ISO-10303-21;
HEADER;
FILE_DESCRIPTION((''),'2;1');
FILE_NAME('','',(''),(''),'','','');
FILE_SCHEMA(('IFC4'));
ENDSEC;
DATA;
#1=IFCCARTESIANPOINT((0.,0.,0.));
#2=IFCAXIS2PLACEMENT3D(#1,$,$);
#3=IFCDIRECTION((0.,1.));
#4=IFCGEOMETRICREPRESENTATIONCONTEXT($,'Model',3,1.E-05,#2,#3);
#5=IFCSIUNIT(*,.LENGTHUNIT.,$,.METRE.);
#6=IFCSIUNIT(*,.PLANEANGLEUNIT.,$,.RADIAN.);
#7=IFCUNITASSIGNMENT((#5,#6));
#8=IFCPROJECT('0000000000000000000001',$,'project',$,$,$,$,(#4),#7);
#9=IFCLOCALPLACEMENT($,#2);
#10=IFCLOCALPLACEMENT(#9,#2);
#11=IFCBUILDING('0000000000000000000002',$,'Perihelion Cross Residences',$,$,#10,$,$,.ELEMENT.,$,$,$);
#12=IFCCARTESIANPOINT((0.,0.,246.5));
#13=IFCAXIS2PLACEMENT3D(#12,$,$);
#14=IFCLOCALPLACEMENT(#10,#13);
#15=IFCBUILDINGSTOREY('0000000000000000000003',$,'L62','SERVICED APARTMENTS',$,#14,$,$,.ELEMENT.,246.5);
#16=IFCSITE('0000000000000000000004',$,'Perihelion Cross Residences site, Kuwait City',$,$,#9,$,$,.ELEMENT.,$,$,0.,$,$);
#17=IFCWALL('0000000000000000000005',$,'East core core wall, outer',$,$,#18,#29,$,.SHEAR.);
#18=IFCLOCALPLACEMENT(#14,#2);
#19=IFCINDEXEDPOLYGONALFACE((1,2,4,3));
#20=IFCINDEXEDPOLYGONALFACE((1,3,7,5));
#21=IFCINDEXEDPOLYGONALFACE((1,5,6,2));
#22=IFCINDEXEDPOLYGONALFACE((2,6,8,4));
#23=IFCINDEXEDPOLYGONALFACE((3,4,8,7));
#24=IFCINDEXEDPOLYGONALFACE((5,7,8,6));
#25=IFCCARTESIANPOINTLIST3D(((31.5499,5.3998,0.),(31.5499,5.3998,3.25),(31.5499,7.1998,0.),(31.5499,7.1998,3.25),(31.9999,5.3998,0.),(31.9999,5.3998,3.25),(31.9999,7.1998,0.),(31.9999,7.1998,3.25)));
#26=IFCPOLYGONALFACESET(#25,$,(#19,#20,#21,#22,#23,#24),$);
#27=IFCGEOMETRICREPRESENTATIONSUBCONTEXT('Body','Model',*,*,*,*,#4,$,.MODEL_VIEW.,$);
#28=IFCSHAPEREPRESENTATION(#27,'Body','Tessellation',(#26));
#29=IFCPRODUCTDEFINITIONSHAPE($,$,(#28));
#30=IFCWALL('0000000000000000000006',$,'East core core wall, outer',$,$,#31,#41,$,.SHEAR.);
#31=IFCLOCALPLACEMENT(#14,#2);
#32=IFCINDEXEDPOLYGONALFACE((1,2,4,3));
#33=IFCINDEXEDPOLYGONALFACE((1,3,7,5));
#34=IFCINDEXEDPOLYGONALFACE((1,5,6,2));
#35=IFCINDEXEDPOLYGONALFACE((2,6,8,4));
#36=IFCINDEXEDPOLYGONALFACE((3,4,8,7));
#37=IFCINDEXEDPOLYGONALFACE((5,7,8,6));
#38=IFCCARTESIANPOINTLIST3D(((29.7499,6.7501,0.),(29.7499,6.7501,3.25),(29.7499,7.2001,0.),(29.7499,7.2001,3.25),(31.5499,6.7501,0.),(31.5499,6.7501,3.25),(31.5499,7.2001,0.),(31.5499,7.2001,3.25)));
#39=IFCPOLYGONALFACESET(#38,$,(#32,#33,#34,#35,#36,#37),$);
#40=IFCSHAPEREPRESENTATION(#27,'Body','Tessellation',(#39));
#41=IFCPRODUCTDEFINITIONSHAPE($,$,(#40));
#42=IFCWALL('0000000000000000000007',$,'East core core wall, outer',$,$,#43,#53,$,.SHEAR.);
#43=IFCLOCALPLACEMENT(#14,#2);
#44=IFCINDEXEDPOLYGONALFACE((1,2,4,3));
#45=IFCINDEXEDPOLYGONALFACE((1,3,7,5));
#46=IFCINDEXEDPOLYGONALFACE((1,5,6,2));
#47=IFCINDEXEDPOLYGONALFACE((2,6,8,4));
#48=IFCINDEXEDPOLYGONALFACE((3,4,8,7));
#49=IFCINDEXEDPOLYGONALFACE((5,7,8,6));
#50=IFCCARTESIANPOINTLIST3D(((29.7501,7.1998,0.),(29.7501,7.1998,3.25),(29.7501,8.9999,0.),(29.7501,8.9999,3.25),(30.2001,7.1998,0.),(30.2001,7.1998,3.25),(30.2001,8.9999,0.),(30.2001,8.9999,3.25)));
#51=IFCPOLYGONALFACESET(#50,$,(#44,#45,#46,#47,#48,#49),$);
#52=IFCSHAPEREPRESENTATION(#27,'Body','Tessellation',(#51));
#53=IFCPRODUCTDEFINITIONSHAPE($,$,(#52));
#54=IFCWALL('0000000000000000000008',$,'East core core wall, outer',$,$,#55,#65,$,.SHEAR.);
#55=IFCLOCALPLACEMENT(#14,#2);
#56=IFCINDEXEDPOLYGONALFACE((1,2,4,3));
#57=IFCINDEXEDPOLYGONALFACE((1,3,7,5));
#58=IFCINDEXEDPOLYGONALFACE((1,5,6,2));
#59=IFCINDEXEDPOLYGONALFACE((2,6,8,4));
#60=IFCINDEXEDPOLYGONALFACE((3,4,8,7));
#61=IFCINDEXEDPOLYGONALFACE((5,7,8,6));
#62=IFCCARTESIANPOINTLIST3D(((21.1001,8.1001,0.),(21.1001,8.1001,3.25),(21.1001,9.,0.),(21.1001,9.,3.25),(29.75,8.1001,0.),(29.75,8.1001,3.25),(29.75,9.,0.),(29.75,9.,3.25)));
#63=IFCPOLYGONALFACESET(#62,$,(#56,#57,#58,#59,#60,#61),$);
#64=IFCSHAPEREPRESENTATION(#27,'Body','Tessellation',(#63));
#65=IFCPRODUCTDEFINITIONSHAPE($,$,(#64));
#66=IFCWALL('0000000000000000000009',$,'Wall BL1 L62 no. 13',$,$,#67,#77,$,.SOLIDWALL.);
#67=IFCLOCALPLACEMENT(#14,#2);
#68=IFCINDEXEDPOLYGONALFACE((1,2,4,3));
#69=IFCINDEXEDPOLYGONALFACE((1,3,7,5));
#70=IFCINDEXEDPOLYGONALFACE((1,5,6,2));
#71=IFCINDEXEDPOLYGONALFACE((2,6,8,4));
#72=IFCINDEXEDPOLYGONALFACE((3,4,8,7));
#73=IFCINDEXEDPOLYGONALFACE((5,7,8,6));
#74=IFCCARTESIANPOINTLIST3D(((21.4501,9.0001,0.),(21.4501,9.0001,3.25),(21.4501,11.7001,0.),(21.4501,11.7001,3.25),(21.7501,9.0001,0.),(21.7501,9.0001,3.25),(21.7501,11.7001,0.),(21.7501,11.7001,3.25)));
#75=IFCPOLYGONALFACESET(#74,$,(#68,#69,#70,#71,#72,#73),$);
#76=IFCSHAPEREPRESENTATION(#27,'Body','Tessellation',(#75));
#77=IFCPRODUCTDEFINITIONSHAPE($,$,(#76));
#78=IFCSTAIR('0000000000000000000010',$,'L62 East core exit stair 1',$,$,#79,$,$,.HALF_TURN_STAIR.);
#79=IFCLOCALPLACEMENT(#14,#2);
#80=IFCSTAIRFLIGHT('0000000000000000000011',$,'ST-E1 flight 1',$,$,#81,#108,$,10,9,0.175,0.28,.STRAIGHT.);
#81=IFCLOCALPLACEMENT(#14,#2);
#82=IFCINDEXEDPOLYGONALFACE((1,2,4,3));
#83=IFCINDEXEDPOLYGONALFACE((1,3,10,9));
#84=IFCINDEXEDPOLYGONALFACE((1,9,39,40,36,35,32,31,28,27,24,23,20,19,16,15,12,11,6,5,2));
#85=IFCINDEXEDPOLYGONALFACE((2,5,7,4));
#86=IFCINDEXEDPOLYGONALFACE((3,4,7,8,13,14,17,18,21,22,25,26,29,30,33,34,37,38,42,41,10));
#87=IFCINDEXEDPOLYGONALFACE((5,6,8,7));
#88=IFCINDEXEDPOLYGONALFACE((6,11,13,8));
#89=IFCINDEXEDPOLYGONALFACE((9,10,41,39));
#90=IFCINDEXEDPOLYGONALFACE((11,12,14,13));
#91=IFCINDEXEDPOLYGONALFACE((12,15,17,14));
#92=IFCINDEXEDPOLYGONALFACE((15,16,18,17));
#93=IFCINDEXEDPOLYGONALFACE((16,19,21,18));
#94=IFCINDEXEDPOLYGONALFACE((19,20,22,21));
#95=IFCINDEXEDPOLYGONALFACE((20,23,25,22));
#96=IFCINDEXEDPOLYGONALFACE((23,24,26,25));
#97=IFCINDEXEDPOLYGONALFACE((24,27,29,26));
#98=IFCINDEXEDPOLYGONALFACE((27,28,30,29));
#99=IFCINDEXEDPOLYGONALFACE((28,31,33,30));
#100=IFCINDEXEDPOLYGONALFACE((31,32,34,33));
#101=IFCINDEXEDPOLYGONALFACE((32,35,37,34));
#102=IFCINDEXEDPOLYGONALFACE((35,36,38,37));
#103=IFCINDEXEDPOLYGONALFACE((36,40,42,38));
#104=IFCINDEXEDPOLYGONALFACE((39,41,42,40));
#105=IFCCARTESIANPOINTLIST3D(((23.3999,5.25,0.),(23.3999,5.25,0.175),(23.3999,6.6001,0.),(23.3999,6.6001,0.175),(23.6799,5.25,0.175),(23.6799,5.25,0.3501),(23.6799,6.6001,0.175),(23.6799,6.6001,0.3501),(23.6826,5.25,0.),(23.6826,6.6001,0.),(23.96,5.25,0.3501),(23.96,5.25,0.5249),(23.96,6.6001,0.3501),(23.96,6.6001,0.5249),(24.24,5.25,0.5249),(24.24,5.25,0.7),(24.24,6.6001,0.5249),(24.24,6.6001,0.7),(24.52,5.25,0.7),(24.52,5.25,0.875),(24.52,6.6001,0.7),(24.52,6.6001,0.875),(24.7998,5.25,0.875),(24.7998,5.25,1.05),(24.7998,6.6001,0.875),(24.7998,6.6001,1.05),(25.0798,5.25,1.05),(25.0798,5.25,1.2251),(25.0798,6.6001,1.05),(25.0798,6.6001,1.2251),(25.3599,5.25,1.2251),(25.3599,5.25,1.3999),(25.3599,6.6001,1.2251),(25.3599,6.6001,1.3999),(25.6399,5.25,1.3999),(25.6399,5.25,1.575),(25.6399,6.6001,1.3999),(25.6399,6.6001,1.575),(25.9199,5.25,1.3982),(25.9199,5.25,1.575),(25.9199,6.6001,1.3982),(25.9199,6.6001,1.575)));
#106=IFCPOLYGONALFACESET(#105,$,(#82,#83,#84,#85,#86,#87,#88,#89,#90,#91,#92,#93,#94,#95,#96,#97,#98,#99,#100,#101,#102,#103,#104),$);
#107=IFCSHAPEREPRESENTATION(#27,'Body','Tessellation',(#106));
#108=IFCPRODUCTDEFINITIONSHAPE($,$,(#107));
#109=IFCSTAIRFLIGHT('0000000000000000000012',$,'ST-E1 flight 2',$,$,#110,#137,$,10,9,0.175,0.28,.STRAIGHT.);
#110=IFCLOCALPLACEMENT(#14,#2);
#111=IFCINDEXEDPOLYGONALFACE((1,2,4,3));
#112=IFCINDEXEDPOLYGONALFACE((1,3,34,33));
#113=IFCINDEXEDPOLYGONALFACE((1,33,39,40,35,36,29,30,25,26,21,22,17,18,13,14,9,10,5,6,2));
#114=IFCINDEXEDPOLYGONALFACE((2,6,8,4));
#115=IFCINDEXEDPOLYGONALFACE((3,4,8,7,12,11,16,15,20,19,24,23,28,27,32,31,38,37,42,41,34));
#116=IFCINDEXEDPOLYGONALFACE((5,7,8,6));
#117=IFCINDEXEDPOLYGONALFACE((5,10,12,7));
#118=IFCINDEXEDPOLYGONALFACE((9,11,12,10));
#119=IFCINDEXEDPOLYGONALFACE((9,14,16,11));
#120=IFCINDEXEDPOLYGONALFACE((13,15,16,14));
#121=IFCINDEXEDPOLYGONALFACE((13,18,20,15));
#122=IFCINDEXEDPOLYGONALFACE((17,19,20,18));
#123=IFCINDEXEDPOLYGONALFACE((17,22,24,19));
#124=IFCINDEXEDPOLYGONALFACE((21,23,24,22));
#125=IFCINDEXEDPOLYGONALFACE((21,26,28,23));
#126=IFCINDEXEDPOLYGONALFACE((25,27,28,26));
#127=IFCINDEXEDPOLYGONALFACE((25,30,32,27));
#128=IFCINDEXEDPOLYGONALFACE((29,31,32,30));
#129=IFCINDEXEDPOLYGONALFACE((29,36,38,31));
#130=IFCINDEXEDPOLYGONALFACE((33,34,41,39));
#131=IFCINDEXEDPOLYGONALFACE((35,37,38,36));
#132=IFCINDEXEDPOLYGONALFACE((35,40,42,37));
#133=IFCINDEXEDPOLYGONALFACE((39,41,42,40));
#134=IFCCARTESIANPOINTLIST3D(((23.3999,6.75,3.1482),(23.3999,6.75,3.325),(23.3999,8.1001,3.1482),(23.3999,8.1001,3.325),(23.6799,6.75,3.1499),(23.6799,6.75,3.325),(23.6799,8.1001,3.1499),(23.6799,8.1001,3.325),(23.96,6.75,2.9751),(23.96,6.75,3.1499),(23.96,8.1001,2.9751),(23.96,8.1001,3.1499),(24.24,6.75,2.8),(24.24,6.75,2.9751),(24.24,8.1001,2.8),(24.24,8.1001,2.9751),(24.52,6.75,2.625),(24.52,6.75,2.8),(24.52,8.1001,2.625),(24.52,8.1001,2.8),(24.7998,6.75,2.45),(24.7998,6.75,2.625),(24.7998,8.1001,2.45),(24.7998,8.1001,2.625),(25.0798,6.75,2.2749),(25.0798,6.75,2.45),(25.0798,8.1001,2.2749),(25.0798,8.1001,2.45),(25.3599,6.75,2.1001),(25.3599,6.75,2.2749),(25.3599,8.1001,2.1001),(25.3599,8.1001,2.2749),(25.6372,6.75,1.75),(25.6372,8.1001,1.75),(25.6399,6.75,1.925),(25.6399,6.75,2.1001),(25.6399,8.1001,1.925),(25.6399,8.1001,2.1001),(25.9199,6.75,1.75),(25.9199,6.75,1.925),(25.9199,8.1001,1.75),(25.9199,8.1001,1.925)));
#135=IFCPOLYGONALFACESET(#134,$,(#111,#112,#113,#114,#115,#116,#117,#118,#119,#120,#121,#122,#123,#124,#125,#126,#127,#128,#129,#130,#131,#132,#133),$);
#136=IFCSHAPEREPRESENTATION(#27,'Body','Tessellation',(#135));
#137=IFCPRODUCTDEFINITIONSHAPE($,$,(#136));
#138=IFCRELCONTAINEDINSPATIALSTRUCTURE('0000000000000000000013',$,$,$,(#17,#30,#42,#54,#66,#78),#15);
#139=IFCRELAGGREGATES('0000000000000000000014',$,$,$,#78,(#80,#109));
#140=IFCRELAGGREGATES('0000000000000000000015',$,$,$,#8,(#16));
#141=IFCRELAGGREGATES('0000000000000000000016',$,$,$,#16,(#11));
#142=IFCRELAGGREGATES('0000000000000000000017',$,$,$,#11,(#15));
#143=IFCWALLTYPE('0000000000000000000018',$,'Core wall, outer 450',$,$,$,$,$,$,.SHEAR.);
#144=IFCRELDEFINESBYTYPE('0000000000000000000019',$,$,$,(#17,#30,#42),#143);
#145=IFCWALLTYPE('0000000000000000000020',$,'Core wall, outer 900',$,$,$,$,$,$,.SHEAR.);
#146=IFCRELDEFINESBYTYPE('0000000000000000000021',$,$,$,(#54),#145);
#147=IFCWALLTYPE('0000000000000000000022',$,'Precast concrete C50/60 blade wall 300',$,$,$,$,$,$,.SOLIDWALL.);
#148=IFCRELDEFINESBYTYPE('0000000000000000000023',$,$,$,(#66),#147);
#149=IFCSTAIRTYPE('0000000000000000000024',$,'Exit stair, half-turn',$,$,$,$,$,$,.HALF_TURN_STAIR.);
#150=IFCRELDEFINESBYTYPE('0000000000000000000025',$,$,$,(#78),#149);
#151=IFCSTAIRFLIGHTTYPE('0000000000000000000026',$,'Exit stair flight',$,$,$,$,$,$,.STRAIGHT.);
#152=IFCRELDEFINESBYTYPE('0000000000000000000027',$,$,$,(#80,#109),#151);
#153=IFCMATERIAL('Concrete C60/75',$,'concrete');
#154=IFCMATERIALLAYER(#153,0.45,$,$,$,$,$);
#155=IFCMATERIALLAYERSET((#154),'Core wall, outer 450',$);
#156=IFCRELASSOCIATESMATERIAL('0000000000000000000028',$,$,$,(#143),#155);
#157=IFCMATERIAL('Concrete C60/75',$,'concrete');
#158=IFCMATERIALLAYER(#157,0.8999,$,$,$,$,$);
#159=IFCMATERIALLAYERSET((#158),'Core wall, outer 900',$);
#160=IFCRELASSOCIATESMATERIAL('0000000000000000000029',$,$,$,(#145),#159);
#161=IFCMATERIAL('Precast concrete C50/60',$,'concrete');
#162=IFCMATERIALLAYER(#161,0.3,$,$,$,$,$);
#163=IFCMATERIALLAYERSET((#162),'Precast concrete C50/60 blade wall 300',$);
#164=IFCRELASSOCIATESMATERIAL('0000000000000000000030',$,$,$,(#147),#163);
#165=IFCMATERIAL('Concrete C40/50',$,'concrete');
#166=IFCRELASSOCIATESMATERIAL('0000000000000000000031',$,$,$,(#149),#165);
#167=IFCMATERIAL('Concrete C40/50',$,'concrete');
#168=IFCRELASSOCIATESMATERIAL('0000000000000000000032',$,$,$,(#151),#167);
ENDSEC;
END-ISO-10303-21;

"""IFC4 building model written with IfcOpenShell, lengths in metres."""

from ifc_helpers import new_model, si_unit, direction, frame, frame_2d, origin, place, context, subcontext, project, spatial, polyline, rectangle, outline, extrude, material, layer, layer_set, type_object, element, aggregate, save


model = new_model("IFC4")

# Units and contexts
model_context = context("Model", 3, precision=1e-05, world=origin(), true_north=direction((0.0, 1.0)))
body_context = subcontext(model_context, "Body", "Model", "MODEL_VIEW")
ifc_project = project(units=[si_unit("LENGTHUNIT", "METRE"), si_unit("PLANEANGLEUNIT", "RADIAN")], contexts=[model_context])

# Site, building, storey
site_placement = place(None, origin())
site = spatial("IfcSite", under=ifc_project, at=site_placement, Name="Perihelion Cross Residences site, Kuwait City", CompositionType="ELEMENT", RefElevation=0.0)
building_placement = place(site_placement, origin())
building = spatial("IfcBuilding", under=site, at=building_placement, Name="Perihelion Cross Residences", CompositionType="ELEMENT")
storey_placement = place(building_placement, frame((0.0, 0.0, 246.5)))
storey = spatial("IfcBuildingStorey", under=building, at=storey_placement, Name="L62", Description="SERVICED APARTMENTS", CompositionType="ELEMENT", Elevation=246.5)

# Walls
ifc_material_1 = material(Name="Concrete C60/75", Category="concrete")
ifc_layer_1 = layer(ifc_material_1, 0.45)
ifc_layer_set_1 = layer_set([ifc_layer_1], Name="Core wall, outer 450")
wall_type_1 = type_object("IfcWallType", Name="Core wall, outer 450", PredefinedType="SHEAR", material=ifc_layer_set_1)
for number, where, z_axis, x_axis, name in (
    (1, (31.7749, 5.3999, 0.0), (0.0, 0.0, 1.0), (0.0, 1.0, 0.0), "East core core wall, outer"),
    (2, (29.75, 6.9751, 0.0), (0.0, 0.0, 1.0), (1.0, 0.0, 0.0), "East core core wall, outer"),
    (3, (29.9751, 7.2, 0.0), (0.0, 0.0, 1.0), (0.0, 1.0, 0.0), "East core core wall, outer"),
):
    element("IfcWall", number, at=place(storey_placement, frame(where, z_axis=z_axis, x_axis=x_axis)), inside=storey, type_object=wall_type_1, Name=name, PredefinedType="SHEAR", context=body_context, shape_type="SweptSolid", body=[
        extrude(rectangle(XDim=1.8, YDim=0.45, at=frame_2d((0.8999, 0.0))), origin(), (0.0, 0.0, 1.0), 3.25),
    ])
ifc_material_2 = material(Name="Concrete C60/75", Category="concrete")
ifc_layer_2 = layer(ifc_material_2, 0.8999)
ifc_layer_set_2 = layer_set([ifc_layer_2], Name="Core wall, outer 900")
wall_type_2 = type_object("IfcWallType", Name="Core wall, outer 900", PredefinedType="SHEAR", material=ifc_layer_set_2)
wall_1_placement = place(storey_placement, frame((21.1001, 8.55, 0.0), z_axis=(0.0, 0.0, 1.0), x_axis=(1.0, 0.0, 0.0)))
element("IfcWall", 4, at=wall_1_placement, inside=storey, type_object=wall_type_2, Name="East core core wall, outer", PredefinedType="SHEAR", context=body_context, shape_type="SweptSolid", body=[
    extrude(rectangle(XDim=8.6499, YDim=0.8999, at=frame_2d((4.325, 0.0))), origin(), (0.0, 0.0, 1.0), 3.25),
])
ifc_material_3 = material(Name="Precast concrete C50/60", Category="concrete")
ifc_layer_3 = layer(ifc_material_3, 0.3)
ifc_layer_set_3 = layer_set([ifc_layer_3], Name="Precast concrete C50/60 blade wall 300")
wall_type_3 = type_object("IfcWallType", Name="Precast concrete C50/60 blade wall 300", PredefinedType="SOLIDWALL", material=ifc_layer_set_3)
wall_2_placement = place(storey_placement, frame((21.6001, 9.0, 0.0), z_axis=(0.0, 0.0, 1.0), x_axis=(0.0, 1.0, 0.0)))
element("IfcWall", 5, at=wall_2_placement, inside=storey, type_object=wall_type_3, Name="Wall BL1 L62 no. 13", PredefinedType="SOLIDWALL", context=body_context, shape_type="SweptSolid", body=[
    extrude(rectangle(XDim=2.7, YDim=0.3, at=frame_2d((1.3501, 0.0))), origin(), (0.0, 0.0, 1.0), 3.25),
])

# Stair, stair flights
ifc_material_4 = material(Name="Concrete C40/50", Category="concrete")
stair_type = type_object("IfcStairType", Name="Exit stair, half-turn", PredefinedType="HALF_TURN_STAIR", material=ifc_material_4)
stair_placement = place(storey_placement, origin())
stair = element("IfcStair", 6, at=stair_placement, inside=storey, type_object=stair_type, Name="L62 East core exit stair 1", PredefinedType="HALF_TURN_STAIR")
ifc_material_5 = material(Name="Concrete C40/50", Category="concrete")
stair_flight_type = type_object("IfcStairFlightType", Name="Exit stair flight", PredefinedType="STRAIGHT", material=ifc_material_5)
stair_flight_1_placement = place(storey_placement, frame((23.3999, 5.925, 0.0), z_axis=(0.0, 0.0, 1.0), x_axis=(1.0, 0.0, 0.0)))
stair_flight_1 = element("IfcStairFlight", 7, at=stair_flight_1_placement, type_object=stair_flight_type, Name="ST-E1 flight 1", NumberOfRisers=10, NumberOfTreads=9, PredefinedType="STRAIGHT", RiserHeight=0.175, TreadLength=0.28, context=body_context, shape_type="SweptSolid", body=[
    extrude(outline(polyline([(0.0, 0.0), (0.0, 0.175), (0.28, 0.175), (0.28, 0.3501), (0.5601, 0.3501), (0.5601, 0.5249), (0.8401, 0.5249), (0.8401, 0.7), (1.1201, 0.7), (1.1201, 0.875), (1.3999, 0.875), (1.3999, 1.05), (1.6799, 1.05), (1.6799, 1.2251), (1.96, 1.2251), (1.96, 1.3999), (2.24, 1.3999), (2.24, 1.575), (2.52, 1.575), (2.52, 1.75), (2.52, 1.3982), (0.2827, 0.0), (0.0, 0.0)])), frame((0.0, 0.675, 0.0), z_axis=(0.0, -1.0, 0.0), x_axis=(1.0, 0.0, 0.0)), (0.0, 0.0, 1.0), 1.3501),
])
stair_flight_2_placement = place(storey_placement, frame((25.9199, 7.425, 1.75), z_axis=(0.0, 0.0, 1.0), x_axis=(-1.0, 0.0, 0.0)))
stair_flight_2 = element("IfcStairFlight", 8, at=stair_flight_2_placement, type_object=stair_flight_type, Name="ST-E1 flight 2", NumberOfRisers=10, NumberOfTreads=9, PredefinedType="STRAIGHT", RiserHeight=0.175, TreadLength=0.28, context=body_context, shape_type="SweptSolid", body=[
    extrude(outline(polyline([(0.0, 0.0), (0.0, 0.175), (0.28, 0.175), (0.28, 0.3501), (0.5601, 0.3501), (0.5601, 0.5249), (0.8401, 0.5249), (0.8401, 0.7), (1.1201, 0.7), (1.1201, 0.875), (1.3999, 0.875), (1.3999, 1.05), (1.6799, 1.05), (1.6799, 1.2251), (1.96, 1.2251), (1.96, 1.3999), (2.24, 1.3999), (2.24, 1.575), (2.52, 1.575), (2.52, 1.75), (2.52, 1.3982), (0.2827, 0.0), (0.0, 0.0)])), frame((0.0, 0.675, 0.0), z_axis=(0.0, -1.0, 0.0), x_axis=(1.0, 0.0, 0.0)), (0.0, 0.0, 1.0), 1.3501),
])
aggregate(stair, [stair_flight_1, stair_flight_2])

save(model, "model.ifc")
